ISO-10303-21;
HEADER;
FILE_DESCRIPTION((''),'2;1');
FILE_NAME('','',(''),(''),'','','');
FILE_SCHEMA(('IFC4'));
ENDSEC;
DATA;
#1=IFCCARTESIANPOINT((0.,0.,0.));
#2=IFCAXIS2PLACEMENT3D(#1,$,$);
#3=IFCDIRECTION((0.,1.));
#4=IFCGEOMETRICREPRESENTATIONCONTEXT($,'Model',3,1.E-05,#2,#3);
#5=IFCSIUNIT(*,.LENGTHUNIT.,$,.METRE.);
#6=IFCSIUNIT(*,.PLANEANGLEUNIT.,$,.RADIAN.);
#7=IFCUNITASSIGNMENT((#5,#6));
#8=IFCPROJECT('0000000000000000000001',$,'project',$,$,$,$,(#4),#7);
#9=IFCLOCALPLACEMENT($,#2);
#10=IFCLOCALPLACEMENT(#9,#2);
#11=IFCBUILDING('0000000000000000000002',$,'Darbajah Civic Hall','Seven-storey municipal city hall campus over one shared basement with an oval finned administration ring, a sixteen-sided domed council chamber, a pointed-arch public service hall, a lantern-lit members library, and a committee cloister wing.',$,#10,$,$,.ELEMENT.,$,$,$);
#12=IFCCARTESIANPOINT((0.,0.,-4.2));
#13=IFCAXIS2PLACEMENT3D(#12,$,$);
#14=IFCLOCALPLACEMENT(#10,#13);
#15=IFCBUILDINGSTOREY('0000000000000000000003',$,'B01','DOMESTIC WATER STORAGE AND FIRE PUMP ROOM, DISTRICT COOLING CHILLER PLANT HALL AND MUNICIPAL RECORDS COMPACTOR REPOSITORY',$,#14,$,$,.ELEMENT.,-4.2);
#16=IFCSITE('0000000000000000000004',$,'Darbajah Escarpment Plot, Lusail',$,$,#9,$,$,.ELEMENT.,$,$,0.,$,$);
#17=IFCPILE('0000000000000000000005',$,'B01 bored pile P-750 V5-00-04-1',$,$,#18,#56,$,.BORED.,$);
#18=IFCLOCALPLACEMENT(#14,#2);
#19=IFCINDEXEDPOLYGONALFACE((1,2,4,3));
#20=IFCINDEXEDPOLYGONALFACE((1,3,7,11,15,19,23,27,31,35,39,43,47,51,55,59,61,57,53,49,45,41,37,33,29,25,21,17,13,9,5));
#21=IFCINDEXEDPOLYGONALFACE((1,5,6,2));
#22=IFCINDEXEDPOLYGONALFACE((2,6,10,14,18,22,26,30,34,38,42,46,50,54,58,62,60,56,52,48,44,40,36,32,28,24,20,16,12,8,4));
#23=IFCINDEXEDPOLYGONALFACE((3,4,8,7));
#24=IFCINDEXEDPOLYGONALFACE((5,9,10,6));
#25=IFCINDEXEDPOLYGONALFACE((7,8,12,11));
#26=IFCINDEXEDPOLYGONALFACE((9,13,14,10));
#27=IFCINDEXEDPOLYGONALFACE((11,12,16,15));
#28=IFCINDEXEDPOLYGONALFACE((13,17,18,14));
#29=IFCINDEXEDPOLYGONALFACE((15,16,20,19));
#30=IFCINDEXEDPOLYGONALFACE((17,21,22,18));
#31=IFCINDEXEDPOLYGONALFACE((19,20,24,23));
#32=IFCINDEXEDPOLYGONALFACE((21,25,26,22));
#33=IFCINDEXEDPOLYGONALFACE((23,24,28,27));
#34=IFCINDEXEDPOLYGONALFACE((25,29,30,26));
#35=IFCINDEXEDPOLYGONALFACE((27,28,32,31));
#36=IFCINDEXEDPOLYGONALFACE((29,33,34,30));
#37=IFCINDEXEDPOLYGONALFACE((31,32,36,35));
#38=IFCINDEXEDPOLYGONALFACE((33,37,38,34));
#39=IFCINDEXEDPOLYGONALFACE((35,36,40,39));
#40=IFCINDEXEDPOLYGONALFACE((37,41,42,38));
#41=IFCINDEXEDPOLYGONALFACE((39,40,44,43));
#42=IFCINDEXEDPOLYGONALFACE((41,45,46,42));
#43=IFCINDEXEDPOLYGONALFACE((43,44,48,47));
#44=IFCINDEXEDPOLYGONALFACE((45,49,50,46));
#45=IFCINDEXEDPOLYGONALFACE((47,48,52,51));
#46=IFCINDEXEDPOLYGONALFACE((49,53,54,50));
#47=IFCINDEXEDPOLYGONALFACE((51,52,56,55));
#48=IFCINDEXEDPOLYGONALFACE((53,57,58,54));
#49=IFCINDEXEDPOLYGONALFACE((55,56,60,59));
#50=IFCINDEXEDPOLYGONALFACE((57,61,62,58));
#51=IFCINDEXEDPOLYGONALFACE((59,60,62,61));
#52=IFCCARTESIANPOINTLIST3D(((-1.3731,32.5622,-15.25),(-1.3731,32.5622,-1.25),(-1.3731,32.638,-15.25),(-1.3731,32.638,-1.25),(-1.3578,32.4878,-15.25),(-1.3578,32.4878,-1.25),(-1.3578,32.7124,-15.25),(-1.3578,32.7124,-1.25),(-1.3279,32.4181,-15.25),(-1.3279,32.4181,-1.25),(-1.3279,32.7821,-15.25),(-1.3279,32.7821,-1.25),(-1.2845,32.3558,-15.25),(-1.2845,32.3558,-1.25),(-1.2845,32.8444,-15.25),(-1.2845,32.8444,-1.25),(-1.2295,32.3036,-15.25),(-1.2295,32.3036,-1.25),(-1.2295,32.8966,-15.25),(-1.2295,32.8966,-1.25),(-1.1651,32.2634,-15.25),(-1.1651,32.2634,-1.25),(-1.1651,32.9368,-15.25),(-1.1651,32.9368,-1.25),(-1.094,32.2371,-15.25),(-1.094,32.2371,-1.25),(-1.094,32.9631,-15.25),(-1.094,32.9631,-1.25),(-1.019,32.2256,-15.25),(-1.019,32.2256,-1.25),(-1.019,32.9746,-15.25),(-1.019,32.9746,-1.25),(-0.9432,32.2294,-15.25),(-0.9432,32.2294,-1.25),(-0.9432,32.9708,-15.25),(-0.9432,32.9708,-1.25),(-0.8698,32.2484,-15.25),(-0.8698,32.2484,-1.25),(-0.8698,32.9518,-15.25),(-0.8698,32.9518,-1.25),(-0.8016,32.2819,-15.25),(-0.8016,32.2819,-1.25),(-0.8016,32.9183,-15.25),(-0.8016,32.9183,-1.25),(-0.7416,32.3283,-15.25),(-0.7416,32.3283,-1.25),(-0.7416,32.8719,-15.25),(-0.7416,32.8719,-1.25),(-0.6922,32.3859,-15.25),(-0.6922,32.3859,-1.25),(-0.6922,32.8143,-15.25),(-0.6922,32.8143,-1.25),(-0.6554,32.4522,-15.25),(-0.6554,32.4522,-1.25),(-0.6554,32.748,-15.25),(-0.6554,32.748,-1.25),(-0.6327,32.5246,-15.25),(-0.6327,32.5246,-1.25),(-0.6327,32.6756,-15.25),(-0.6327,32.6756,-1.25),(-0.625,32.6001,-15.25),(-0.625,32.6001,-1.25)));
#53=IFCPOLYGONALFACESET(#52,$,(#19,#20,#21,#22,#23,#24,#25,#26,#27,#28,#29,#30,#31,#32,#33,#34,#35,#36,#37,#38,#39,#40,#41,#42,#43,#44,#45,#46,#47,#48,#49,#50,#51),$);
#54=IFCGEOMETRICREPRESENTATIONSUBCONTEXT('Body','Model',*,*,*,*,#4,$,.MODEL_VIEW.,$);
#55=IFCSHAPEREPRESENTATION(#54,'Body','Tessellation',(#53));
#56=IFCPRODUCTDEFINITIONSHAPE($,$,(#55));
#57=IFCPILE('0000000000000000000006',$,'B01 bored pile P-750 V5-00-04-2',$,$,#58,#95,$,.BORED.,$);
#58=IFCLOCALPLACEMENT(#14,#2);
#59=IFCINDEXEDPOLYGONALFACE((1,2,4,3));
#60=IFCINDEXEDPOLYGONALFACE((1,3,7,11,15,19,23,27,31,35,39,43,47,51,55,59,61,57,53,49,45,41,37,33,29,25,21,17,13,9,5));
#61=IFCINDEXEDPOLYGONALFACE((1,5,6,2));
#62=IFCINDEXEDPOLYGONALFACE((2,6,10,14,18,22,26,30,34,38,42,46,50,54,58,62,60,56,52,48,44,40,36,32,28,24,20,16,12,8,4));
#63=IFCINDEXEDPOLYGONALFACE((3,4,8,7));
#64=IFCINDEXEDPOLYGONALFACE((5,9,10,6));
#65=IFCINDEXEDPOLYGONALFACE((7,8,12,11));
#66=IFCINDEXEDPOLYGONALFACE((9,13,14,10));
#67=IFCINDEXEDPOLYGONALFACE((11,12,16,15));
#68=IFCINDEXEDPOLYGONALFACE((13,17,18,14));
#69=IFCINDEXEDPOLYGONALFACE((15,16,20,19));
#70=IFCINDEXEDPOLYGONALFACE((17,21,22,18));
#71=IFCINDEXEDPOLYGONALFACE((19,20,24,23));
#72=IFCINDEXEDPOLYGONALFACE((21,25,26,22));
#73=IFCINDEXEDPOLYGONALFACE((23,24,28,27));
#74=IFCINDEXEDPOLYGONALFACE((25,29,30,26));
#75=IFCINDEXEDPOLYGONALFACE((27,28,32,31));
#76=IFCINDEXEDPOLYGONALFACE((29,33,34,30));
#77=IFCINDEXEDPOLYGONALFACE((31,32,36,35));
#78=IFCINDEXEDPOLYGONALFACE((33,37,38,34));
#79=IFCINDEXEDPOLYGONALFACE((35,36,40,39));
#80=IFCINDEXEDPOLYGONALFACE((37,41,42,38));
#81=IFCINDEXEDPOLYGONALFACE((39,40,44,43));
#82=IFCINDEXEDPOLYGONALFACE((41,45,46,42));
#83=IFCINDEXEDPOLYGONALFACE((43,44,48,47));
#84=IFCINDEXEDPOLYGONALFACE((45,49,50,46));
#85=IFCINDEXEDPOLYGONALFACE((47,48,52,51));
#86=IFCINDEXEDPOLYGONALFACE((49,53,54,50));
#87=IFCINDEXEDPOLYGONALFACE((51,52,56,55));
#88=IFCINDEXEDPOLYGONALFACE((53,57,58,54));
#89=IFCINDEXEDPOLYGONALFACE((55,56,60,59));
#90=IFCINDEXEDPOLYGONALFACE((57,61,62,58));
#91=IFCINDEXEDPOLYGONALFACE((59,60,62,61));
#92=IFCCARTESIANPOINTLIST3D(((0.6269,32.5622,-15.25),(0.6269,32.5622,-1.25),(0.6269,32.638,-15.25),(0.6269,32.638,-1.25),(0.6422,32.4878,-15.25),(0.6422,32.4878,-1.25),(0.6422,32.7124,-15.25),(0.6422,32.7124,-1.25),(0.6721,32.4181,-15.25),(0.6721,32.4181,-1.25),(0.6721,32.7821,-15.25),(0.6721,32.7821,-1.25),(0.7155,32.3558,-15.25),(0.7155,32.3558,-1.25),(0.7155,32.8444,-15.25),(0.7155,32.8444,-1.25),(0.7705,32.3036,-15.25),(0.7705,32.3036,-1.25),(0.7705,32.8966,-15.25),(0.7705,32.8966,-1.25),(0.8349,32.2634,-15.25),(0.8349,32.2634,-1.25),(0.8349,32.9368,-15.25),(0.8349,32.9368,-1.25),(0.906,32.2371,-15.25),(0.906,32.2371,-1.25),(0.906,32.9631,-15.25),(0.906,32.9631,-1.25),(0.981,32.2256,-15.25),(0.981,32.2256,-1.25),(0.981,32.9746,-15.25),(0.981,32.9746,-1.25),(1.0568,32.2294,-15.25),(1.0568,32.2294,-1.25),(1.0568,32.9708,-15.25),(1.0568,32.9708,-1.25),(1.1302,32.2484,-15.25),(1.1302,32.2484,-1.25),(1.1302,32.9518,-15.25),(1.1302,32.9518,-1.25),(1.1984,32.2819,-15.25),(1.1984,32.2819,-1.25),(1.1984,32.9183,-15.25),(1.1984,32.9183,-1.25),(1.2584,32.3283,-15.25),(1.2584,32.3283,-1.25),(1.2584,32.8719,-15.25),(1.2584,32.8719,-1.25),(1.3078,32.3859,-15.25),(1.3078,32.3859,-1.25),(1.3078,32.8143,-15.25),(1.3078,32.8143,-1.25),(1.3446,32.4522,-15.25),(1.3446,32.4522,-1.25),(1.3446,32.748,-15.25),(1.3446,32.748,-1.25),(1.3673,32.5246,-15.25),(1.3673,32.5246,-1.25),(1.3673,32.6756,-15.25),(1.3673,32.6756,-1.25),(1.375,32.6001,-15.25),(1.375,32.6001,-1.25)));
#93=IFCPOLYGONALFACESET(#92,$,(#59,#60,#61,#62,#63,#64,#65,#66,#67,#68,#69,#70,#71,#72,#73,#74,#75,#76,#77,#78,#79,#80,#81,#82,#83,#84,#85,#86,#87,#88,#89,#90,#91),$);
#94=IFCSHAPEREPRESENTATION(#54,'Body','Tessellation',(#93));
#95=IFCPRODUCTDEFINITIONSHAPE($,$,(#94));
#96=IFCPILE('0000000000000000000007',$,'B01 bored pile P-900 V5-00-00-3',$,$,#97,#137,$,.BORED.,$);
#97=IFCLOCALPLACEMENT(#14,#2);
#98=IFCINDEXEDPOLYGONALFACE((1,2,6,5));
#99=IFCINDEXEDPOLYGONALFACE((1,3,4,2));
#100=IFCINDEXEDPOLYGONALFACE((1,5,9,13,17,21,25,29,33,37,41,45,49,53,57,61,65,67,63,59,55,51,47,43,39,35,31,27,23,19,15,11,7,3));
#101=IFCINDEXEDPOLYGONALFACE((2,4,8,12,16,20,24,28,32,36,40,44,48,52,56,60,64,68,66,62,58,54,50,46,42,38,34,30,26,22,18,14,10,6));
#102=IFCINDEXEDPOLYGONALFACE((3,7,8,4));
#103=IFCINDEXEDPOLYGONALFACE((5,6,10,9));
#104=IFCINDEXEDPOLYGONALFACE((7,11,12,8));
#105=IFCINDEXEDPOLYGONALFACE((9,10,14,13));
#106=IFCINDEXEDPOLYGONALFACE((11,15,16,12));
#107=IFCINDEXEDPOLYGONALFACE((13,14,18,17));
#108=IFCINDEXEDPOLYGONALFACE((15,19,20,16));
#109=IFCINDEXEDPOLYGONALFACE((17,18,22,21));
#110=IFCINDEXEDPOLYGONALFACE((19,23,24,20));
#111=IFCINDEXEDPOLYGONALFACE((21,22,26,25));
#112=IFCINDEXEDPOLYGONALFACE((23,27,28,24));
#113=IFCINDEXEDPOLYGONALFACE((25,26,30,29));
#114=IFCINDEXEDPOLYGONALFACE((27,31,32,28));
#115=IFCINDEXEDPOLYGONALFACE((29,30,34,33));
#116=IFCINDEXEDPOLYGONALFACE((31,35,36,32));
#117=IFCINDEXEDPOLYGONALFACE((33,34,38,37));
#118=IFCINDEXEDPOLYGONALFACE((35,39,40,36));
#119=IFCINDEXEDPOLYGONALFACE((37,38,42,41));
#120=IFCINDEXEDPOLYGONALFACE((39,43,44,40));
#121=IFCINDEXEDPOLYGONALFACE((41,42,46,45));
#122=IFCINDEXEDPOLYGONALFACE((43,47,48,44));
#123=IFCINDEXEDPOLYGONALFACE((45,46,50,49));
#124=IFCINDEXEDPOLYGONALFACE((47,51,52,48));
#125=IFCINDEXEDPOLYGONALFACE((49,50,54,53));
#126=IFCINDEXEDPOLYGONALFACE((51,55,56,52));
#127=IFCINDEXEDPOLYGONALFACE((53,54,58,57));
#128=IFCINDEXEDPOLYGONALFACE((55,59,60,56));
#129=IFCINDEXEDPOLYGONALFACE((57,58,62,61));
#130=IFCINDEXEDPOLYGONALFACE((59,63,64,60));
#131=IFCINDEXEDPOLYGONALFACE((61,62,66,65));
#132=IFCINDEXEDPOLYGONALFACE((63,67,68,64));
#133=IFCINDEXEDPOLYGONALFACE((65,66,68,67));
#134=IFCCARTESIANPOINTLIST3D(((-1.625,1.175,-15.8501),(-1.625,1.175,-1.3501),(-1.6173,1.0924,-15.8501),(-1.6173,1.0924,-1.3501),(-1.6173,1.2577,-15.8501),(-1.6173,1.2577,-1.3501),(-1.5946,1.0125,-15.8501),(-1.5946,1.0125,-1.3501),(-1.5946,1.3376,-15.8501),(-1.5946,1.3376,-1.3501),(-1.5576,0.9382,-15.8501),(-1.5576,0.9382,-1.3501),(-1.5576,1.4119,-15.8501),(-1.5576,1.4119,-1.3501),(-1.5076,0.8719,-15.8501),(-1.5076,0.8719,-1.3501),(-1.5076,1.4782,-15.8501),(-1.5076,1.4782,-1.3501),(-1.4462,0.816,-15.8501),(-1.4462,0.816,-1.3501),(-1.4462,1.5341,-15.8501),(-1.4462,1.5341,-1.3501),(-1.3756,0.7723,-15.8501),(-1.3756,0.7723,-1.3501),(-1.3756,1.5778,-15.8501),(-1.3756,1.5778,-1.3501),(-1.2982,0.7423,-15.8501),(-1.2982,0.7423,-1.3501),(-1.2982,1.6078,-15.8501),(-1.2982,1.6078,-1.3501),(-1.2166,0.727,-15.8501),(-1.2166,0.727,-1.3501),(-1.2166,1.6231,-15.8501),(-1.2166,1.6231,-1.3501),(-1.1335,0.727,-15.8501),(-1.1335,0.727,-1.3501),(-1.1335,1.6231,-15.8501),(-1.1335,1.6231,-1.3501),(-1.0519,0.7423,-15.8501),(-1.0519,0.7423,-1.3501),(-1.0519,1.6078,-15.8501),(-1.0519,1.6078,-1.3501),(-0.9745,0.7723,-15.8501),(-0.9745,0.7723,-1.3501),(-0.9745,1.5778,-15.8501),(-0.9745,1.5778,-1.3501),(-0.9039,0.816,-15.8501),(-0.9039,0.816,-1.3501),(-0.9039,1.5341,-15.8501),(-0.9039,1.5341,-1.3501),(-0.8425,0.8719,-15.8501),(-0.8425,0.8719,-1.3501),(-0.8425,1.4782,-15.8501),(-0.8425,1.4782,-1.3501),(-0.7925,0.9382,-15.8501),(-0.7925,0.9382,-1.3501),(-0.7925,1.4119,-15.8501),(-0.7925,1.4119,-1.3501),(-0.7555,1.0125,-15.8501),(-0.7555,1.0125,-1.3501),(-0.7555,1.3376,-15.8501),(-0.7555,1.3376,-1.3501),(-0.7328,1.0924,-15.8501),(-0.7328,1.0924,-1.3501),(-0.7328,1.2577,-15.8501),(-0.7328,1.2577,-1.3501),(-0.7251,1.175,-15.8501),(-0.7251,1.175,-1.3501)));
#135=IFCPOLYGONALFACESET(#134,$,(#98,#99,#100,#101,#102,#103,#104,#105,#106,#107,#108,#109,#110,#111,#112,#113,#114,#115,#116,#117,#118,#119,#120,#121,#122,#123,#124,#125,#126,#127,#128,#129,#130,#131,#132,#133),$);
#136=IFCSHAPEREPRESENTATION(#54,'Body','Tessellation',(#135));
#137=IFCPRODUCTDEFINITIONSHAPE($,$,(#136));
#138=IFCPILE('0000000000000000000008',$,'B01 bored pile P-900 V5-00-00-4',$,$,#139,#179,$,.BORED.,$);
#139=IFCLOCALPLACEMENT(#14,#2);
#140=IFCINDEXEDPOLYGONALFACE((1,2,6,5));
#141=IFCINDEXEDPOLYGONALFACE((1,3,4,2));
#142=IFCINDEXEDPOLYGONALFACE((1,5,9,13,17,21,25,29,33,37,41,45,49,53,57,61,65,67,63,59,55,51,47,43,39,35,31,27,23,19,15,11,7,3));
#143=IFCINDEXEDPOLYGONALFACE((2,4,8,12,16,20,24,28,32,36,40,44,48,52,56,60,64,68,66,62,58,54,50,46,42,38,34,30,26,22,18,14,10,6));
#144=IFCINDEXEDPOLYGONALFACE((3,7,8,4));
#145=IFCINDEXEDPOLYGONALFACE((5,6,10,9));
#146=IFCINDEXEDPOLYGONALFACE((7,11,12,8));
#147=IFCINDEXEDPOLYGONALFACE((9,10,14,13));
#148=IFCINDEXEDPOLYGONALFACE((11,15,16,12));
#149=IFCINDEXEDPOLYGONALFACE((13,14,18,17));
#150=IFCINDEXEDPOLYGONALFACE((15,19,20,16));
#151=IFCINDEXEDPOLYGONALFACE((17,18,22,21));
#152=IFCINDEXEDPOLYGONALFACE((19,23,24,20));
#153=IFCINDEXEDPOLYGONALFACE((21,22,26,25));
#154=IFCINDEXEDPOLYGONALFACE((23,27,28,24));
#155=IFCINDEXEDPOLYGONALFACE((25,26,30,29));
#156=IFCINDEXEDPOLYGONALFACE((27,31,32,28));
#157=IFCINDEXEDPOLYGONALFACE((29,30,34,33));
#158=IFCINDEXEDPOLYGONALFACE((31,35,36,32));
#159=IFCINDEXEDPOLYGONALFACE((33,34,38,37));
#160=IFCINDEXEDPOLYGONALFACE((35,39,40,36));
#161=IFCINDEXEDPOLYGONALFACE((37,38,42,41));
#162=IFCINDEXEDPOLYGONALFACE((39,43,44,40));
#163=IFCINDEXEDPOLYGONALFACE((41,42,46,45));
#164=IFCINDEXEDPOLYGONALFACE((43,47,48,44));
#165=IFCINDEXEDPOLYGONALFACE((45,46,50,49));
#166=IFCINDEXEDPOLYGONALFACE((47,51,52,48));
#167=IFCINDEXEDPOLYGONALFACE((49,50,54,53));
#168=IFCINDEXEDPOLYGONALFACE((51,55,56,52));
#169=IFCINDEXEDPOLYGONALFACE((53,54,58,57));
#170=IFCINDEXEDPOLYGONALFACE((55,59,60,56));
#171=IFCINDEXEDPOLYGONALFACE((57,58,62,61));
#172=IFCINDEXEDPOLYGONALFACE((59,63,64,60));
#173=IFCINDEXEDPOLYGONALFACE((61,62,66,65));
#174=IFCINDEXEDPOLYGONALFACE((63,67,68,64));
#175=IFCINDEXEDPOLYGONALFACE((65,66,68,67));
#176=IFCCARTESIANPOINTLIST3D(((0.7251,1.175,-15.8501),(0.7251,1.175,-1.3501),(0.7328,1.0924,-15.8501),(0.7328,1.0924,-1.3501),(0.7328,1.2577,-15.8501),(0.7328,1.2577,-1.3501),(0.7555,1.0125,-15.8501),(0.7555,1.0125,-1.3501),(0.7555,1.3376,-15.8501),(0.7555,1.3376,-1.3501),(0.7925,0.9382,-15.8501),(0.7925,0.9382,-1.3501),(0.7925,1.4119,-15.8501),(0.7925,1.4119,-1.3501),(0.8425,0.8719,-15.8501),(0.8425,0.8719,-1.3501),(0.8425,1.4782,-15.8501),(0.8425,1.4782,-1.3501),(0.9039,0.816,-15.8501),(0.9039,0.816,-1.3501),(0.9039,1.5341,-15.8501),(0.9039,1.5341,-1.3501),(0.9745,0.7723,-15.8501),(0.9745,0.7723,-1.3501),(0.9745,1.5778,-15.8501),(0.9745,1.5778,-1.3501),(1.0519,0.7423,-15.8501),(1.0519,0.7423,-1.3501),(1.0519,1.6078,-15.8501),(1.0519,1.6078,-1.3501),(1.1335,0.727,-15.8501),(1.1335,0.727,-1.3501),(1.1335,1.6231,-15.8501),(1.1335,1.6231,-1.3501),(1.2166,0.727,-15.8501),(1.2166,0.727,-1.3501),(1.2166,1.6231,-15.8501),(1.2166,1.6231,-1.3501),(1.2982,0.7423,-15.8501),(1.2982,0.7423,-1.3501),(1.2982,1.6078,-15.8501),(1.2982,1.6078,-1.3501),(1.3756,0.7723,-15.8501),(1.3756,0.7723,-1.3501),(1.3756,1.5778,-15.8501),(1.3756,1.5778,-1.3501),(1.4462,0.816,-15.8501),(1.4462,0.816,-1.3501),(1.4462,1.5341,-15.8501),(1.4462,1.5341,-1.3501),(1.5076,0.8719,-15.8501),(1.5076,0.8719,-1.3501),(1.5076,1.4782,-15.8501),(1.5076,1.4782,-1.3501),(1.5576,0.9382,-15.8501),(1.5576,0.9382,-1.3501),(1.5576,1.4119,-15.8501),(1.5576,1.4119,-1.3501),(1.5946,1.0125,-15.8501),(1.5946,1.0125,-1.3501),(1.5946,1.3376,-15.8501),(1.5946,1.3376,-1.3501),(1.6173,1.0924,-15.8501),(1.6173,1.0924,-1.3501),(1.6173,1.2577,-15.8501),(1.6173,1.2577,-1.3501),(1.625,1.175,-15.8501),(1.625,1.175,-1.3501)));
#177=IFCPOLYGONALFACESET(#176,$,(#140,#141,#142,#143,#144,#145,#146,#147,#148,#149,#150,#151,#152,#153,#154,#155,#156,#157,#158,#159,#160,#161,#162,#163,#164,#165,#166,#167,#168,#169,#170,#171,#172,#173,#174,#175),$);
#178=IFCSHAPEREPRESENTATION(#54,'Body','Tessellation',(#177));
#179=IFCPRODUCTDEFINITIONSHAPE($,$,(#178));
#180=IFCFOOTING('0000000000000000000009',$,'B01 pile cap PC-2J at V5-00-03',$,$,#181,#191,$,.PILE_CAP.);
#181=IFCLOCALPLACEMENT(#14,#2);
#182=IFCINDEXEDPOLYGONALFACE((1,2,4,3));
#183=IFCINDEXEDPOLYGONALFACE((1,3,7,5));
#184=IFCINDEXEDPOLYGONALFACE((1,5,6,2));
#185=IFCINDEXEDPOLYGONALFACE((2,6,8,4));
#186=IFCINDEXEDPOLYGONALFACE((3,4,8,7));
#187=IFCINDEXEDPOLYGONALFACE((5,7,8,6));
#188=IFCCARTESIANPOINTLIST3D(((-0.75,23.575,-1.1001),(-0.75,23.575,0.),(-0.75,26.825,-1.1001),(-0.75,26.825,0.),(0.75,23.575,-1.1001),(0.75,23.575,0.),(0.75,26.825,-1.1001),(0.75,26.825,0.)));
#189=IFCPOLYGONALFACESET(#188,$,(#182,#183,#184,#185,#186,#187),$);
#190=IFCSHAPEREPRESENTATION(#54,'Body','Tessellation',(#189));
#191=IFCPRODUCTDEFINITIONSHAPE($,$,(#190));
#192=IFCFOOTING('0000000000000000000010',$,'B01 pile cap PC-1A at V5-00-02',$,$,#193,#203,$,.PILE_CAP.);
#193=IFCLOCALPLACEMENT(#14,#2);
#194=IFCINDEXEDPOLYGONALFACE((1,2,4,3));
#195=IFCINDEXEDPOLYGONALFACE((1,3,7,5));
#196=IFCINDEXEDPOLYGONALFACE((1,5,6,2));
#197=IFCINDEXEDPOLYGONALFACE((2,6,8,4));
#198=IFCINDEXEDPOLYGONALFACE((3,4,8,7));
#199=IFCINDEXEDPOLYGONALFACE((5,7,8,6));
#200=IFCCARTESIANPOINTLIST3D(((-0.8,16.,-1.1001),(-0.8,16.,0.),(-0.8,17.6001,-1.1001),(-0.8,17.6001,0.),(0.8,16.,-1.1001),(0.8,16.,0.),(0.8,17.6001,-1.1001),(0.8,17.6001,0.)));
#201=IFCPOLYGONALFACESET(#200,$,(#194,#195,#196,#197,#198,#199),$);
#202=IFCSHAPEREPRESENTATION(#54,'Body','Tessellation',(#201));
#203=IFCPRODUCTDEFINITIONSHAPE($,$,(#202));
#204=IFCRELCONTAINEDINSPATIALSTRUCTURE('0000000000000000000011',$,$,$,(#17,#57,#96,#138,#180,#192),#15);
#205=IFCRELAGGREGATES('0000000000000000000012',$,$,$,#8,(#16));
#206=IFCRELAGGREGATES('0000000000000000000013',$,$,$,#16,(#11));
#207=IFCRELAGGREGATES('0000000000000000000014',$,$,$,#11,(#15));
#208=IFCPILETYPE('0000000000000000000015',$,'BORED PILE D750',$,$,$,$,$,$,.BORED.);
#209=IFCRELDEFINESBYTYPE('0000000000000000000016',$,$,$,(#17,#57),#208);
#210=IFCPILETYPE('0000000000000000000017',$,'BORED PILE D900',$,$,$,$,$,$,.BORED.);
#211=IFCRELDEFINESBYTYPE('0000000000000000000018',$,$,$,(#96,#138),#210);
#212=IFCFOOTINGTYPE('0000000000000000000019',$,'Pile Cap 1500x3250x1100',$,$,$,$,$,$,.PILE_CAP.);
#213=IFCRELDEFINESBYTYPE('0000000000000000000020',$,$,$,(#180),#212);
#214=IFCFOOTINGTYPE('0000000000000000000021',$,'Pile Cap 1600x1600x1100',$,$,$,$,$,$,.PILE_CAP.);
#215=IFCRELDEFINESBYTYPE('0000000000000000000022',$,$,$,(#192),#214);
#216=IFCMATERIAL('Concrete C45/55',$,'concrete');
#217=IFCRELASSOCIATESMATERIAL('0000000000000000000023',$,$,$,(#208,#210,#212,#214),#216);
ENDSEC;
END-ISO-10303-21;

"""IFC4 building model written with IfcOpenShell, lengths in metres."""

from ifc_helpers import new_model, si_unit, direction, frame, origin, origin_2d, place, context, subcontext, project, spatial, rectangle, circle, extrude, material, material_profile, profile_set, type_object, element, save


model = new_model("IFC4")

# Units and contexts
model_context = context("Model", 3, precision=1e-05, world=origin(), true_north=direction((0.0, 1.0)))
body_context = subcontext(model_context, "Body", "Model", "MODEL_VIEW")
ifc_project = project(units=[si_unit("LENGTHUNIT", "METRE"), si_unit("PLANEANGLEUNIT", "RADIAN")], contexts=[model_context])

# Site, building, storey
site_placement = place(None, origin())
site = spatial("IfcSite", under=ifc_project, at=site_placement, Name="Darbajah Escarpment Plot, Lusail", CompositionType="ELEMENT", RefElevation=0.0)
building_placement = place(site_placement, origin())
building = spatial("IfcBuilding", under=site, at=building_placement, Name="Darbajah Civic Hall", Description="Seven-storey municipal city hall campus over one shared basement with an oval finned administration ring, a sixteen-sided domed council chamber, a pointed-arch public service hall, a lantern-lit members library, and a committee cloister wing.", CompositionType="ELEMENT")
storey_placement = place(building_placement, frame((0.0, 0.0, -4.2)))
storey = spatial("IfcBuildingStorey", under=building, at=storey_placement, Name="B01", Description="DOMESTIC WATER STORAGE AND FIRE PUMP ROOM, DISTRICT COOLING CHILLER PLANT HALL AND MUNICIPAL RECORDS COMPACTOR REPOSITORY", CompositionType="ELEMENT", Elevation=-4.2)

# Piles
ifc_material_1 = material(Name="Concrete C45/55", Category="concrete")
ifc_material_profile_1 = material_profile(ifc_material_1, circle(Radius=0.375, at=origin_2d()), Name="BORED PILE D750")
ifc_profile_set_1 = profile_set([ifc_material_profile_1], Name="Concrete C45/55")
pile_type_1 = type_object("IfcPileType", Name="BORED PILE D750", PredefinedType="BORED", material=ifc_profile_set_1)
for number, where, z_axis, x_axis, name in (
    (1, (-1.0, 32.6001, -1.25), (0.0, 0.0, -1.0), (1.0, 0.0, 0.0), "B01 bored pile P-750 V5-00-04-1"),
    (2, (1.0, 32.6001, -1.25), (0.0, 0.0, -1.0), (1.0, 0.0, 0.0), "B01 bored pile P-750 V5-00-04-2"),
):
    element("IfcPile", number, at=place(storey_placement, frame(where, z_axis=z_axis, x_axis=x_axis)), inside=storey, type_object=pile_type_1, Name=name, PredefinedType="BORED", context=body_context, shape_type="SweptSolid", body=[
        extrude(circle(Radius=0.375, at=origin_2d()), origin(), (0.0, 0.0, 1.0), 14.0),
    ])
ifc_material_profile_2 = material_profile(ifc_material_1, circle(Radius=0.45, at=origin_2d()), Name="BORED PILE D900")
ifc_profile_set_2 = profile_set([ifc_material_profile_2], Name="Concrete C45/55")
pile_type_2 = type_object("IfcPileType", Name="BORED PILE D900", PredefinedType="BORED", material=ifc_profile_set_2)
for number, where, z_axis, x_axis, name in (
    (3, (-1.175, 1.175, -1.3501), (0.0, 0.0, -1.0), (1.0, 0.0, 0.0), "B01 bored pile P-900 V5-00-00-3"),
    (4, (1.175, 1.175, -1.3501), (0.0, 0.0, -1.0), (1.0, 0.0, 0.0), "B01 bored pile P-900 V5-00-00-4"),
):
    element("IfcPile", number, at=place(storey_placement, frame(where, z_axis=z_axis, x_axis=x_axis)), inside=storey, type_object=pile_type_2, Name=name, PredefinedType="BORED", context=body_context, shape_type="SweptSolid", body=[
        extrude(circle(Radius=0.45, at=origin_2d()), origin(), (0.0, 0.0, 1.0), 14.5),
    ])

# Footings
footing_type_1 = type_object("IfcFootingType", Name="Pile Cap 1500x3250x1100", PredefinedType="PILE_CAP", material=ifc_material_1)
footing_1_placement = place(storey_placement, frame((0.0, 25.2, -1.1001), z_axis=(0.0, 0.0, 1.0), x_axis=(1.0, 0.0, 0.0)))
element("IfcFooting", 5, at=footing_1_placement, inside=storey, type_object=footing_type_1, Name="B01 pile cap PC-2J at V5-00-03", PredefinedType="PILE_CAP", context=body_context, shape_type="SweptSolid", body=[
    extrude(rectangle(XDim=1.5, YDim=3.25, at=origin_2d()), origin(), (0.0, 0.0, 1.0), 1.1001),
])
footing_type_2 = type_object("IfcFootingType", Name="Pile Cap 1600x1600x1100", PredefinedType="PILE_CAP", material=ifc_material_1)
footing_2_placement = place(storey_placement, frame((0.0, 16.8, -1.1001), z_axis=(0.0, 0.0, 1.0), x_axis=(1.0, 0.0, 0.0)))
element("IfcFooting", 6, at=footing_2_placement, inside=storey, type_object=footing_type_2, Name="B01 pile cap PC-1A at V5-00-02", PredefinedType="PILE_CAP", context=body_context, shape_type="SweptSolid", body=[
    extrude(rectangle(XDim=1.6001, YDim=1.6001, at=origin_2d()), origin(), (0.0, 0.0, 1.0), 1.1001),
])

save(model, "model.ifc")
